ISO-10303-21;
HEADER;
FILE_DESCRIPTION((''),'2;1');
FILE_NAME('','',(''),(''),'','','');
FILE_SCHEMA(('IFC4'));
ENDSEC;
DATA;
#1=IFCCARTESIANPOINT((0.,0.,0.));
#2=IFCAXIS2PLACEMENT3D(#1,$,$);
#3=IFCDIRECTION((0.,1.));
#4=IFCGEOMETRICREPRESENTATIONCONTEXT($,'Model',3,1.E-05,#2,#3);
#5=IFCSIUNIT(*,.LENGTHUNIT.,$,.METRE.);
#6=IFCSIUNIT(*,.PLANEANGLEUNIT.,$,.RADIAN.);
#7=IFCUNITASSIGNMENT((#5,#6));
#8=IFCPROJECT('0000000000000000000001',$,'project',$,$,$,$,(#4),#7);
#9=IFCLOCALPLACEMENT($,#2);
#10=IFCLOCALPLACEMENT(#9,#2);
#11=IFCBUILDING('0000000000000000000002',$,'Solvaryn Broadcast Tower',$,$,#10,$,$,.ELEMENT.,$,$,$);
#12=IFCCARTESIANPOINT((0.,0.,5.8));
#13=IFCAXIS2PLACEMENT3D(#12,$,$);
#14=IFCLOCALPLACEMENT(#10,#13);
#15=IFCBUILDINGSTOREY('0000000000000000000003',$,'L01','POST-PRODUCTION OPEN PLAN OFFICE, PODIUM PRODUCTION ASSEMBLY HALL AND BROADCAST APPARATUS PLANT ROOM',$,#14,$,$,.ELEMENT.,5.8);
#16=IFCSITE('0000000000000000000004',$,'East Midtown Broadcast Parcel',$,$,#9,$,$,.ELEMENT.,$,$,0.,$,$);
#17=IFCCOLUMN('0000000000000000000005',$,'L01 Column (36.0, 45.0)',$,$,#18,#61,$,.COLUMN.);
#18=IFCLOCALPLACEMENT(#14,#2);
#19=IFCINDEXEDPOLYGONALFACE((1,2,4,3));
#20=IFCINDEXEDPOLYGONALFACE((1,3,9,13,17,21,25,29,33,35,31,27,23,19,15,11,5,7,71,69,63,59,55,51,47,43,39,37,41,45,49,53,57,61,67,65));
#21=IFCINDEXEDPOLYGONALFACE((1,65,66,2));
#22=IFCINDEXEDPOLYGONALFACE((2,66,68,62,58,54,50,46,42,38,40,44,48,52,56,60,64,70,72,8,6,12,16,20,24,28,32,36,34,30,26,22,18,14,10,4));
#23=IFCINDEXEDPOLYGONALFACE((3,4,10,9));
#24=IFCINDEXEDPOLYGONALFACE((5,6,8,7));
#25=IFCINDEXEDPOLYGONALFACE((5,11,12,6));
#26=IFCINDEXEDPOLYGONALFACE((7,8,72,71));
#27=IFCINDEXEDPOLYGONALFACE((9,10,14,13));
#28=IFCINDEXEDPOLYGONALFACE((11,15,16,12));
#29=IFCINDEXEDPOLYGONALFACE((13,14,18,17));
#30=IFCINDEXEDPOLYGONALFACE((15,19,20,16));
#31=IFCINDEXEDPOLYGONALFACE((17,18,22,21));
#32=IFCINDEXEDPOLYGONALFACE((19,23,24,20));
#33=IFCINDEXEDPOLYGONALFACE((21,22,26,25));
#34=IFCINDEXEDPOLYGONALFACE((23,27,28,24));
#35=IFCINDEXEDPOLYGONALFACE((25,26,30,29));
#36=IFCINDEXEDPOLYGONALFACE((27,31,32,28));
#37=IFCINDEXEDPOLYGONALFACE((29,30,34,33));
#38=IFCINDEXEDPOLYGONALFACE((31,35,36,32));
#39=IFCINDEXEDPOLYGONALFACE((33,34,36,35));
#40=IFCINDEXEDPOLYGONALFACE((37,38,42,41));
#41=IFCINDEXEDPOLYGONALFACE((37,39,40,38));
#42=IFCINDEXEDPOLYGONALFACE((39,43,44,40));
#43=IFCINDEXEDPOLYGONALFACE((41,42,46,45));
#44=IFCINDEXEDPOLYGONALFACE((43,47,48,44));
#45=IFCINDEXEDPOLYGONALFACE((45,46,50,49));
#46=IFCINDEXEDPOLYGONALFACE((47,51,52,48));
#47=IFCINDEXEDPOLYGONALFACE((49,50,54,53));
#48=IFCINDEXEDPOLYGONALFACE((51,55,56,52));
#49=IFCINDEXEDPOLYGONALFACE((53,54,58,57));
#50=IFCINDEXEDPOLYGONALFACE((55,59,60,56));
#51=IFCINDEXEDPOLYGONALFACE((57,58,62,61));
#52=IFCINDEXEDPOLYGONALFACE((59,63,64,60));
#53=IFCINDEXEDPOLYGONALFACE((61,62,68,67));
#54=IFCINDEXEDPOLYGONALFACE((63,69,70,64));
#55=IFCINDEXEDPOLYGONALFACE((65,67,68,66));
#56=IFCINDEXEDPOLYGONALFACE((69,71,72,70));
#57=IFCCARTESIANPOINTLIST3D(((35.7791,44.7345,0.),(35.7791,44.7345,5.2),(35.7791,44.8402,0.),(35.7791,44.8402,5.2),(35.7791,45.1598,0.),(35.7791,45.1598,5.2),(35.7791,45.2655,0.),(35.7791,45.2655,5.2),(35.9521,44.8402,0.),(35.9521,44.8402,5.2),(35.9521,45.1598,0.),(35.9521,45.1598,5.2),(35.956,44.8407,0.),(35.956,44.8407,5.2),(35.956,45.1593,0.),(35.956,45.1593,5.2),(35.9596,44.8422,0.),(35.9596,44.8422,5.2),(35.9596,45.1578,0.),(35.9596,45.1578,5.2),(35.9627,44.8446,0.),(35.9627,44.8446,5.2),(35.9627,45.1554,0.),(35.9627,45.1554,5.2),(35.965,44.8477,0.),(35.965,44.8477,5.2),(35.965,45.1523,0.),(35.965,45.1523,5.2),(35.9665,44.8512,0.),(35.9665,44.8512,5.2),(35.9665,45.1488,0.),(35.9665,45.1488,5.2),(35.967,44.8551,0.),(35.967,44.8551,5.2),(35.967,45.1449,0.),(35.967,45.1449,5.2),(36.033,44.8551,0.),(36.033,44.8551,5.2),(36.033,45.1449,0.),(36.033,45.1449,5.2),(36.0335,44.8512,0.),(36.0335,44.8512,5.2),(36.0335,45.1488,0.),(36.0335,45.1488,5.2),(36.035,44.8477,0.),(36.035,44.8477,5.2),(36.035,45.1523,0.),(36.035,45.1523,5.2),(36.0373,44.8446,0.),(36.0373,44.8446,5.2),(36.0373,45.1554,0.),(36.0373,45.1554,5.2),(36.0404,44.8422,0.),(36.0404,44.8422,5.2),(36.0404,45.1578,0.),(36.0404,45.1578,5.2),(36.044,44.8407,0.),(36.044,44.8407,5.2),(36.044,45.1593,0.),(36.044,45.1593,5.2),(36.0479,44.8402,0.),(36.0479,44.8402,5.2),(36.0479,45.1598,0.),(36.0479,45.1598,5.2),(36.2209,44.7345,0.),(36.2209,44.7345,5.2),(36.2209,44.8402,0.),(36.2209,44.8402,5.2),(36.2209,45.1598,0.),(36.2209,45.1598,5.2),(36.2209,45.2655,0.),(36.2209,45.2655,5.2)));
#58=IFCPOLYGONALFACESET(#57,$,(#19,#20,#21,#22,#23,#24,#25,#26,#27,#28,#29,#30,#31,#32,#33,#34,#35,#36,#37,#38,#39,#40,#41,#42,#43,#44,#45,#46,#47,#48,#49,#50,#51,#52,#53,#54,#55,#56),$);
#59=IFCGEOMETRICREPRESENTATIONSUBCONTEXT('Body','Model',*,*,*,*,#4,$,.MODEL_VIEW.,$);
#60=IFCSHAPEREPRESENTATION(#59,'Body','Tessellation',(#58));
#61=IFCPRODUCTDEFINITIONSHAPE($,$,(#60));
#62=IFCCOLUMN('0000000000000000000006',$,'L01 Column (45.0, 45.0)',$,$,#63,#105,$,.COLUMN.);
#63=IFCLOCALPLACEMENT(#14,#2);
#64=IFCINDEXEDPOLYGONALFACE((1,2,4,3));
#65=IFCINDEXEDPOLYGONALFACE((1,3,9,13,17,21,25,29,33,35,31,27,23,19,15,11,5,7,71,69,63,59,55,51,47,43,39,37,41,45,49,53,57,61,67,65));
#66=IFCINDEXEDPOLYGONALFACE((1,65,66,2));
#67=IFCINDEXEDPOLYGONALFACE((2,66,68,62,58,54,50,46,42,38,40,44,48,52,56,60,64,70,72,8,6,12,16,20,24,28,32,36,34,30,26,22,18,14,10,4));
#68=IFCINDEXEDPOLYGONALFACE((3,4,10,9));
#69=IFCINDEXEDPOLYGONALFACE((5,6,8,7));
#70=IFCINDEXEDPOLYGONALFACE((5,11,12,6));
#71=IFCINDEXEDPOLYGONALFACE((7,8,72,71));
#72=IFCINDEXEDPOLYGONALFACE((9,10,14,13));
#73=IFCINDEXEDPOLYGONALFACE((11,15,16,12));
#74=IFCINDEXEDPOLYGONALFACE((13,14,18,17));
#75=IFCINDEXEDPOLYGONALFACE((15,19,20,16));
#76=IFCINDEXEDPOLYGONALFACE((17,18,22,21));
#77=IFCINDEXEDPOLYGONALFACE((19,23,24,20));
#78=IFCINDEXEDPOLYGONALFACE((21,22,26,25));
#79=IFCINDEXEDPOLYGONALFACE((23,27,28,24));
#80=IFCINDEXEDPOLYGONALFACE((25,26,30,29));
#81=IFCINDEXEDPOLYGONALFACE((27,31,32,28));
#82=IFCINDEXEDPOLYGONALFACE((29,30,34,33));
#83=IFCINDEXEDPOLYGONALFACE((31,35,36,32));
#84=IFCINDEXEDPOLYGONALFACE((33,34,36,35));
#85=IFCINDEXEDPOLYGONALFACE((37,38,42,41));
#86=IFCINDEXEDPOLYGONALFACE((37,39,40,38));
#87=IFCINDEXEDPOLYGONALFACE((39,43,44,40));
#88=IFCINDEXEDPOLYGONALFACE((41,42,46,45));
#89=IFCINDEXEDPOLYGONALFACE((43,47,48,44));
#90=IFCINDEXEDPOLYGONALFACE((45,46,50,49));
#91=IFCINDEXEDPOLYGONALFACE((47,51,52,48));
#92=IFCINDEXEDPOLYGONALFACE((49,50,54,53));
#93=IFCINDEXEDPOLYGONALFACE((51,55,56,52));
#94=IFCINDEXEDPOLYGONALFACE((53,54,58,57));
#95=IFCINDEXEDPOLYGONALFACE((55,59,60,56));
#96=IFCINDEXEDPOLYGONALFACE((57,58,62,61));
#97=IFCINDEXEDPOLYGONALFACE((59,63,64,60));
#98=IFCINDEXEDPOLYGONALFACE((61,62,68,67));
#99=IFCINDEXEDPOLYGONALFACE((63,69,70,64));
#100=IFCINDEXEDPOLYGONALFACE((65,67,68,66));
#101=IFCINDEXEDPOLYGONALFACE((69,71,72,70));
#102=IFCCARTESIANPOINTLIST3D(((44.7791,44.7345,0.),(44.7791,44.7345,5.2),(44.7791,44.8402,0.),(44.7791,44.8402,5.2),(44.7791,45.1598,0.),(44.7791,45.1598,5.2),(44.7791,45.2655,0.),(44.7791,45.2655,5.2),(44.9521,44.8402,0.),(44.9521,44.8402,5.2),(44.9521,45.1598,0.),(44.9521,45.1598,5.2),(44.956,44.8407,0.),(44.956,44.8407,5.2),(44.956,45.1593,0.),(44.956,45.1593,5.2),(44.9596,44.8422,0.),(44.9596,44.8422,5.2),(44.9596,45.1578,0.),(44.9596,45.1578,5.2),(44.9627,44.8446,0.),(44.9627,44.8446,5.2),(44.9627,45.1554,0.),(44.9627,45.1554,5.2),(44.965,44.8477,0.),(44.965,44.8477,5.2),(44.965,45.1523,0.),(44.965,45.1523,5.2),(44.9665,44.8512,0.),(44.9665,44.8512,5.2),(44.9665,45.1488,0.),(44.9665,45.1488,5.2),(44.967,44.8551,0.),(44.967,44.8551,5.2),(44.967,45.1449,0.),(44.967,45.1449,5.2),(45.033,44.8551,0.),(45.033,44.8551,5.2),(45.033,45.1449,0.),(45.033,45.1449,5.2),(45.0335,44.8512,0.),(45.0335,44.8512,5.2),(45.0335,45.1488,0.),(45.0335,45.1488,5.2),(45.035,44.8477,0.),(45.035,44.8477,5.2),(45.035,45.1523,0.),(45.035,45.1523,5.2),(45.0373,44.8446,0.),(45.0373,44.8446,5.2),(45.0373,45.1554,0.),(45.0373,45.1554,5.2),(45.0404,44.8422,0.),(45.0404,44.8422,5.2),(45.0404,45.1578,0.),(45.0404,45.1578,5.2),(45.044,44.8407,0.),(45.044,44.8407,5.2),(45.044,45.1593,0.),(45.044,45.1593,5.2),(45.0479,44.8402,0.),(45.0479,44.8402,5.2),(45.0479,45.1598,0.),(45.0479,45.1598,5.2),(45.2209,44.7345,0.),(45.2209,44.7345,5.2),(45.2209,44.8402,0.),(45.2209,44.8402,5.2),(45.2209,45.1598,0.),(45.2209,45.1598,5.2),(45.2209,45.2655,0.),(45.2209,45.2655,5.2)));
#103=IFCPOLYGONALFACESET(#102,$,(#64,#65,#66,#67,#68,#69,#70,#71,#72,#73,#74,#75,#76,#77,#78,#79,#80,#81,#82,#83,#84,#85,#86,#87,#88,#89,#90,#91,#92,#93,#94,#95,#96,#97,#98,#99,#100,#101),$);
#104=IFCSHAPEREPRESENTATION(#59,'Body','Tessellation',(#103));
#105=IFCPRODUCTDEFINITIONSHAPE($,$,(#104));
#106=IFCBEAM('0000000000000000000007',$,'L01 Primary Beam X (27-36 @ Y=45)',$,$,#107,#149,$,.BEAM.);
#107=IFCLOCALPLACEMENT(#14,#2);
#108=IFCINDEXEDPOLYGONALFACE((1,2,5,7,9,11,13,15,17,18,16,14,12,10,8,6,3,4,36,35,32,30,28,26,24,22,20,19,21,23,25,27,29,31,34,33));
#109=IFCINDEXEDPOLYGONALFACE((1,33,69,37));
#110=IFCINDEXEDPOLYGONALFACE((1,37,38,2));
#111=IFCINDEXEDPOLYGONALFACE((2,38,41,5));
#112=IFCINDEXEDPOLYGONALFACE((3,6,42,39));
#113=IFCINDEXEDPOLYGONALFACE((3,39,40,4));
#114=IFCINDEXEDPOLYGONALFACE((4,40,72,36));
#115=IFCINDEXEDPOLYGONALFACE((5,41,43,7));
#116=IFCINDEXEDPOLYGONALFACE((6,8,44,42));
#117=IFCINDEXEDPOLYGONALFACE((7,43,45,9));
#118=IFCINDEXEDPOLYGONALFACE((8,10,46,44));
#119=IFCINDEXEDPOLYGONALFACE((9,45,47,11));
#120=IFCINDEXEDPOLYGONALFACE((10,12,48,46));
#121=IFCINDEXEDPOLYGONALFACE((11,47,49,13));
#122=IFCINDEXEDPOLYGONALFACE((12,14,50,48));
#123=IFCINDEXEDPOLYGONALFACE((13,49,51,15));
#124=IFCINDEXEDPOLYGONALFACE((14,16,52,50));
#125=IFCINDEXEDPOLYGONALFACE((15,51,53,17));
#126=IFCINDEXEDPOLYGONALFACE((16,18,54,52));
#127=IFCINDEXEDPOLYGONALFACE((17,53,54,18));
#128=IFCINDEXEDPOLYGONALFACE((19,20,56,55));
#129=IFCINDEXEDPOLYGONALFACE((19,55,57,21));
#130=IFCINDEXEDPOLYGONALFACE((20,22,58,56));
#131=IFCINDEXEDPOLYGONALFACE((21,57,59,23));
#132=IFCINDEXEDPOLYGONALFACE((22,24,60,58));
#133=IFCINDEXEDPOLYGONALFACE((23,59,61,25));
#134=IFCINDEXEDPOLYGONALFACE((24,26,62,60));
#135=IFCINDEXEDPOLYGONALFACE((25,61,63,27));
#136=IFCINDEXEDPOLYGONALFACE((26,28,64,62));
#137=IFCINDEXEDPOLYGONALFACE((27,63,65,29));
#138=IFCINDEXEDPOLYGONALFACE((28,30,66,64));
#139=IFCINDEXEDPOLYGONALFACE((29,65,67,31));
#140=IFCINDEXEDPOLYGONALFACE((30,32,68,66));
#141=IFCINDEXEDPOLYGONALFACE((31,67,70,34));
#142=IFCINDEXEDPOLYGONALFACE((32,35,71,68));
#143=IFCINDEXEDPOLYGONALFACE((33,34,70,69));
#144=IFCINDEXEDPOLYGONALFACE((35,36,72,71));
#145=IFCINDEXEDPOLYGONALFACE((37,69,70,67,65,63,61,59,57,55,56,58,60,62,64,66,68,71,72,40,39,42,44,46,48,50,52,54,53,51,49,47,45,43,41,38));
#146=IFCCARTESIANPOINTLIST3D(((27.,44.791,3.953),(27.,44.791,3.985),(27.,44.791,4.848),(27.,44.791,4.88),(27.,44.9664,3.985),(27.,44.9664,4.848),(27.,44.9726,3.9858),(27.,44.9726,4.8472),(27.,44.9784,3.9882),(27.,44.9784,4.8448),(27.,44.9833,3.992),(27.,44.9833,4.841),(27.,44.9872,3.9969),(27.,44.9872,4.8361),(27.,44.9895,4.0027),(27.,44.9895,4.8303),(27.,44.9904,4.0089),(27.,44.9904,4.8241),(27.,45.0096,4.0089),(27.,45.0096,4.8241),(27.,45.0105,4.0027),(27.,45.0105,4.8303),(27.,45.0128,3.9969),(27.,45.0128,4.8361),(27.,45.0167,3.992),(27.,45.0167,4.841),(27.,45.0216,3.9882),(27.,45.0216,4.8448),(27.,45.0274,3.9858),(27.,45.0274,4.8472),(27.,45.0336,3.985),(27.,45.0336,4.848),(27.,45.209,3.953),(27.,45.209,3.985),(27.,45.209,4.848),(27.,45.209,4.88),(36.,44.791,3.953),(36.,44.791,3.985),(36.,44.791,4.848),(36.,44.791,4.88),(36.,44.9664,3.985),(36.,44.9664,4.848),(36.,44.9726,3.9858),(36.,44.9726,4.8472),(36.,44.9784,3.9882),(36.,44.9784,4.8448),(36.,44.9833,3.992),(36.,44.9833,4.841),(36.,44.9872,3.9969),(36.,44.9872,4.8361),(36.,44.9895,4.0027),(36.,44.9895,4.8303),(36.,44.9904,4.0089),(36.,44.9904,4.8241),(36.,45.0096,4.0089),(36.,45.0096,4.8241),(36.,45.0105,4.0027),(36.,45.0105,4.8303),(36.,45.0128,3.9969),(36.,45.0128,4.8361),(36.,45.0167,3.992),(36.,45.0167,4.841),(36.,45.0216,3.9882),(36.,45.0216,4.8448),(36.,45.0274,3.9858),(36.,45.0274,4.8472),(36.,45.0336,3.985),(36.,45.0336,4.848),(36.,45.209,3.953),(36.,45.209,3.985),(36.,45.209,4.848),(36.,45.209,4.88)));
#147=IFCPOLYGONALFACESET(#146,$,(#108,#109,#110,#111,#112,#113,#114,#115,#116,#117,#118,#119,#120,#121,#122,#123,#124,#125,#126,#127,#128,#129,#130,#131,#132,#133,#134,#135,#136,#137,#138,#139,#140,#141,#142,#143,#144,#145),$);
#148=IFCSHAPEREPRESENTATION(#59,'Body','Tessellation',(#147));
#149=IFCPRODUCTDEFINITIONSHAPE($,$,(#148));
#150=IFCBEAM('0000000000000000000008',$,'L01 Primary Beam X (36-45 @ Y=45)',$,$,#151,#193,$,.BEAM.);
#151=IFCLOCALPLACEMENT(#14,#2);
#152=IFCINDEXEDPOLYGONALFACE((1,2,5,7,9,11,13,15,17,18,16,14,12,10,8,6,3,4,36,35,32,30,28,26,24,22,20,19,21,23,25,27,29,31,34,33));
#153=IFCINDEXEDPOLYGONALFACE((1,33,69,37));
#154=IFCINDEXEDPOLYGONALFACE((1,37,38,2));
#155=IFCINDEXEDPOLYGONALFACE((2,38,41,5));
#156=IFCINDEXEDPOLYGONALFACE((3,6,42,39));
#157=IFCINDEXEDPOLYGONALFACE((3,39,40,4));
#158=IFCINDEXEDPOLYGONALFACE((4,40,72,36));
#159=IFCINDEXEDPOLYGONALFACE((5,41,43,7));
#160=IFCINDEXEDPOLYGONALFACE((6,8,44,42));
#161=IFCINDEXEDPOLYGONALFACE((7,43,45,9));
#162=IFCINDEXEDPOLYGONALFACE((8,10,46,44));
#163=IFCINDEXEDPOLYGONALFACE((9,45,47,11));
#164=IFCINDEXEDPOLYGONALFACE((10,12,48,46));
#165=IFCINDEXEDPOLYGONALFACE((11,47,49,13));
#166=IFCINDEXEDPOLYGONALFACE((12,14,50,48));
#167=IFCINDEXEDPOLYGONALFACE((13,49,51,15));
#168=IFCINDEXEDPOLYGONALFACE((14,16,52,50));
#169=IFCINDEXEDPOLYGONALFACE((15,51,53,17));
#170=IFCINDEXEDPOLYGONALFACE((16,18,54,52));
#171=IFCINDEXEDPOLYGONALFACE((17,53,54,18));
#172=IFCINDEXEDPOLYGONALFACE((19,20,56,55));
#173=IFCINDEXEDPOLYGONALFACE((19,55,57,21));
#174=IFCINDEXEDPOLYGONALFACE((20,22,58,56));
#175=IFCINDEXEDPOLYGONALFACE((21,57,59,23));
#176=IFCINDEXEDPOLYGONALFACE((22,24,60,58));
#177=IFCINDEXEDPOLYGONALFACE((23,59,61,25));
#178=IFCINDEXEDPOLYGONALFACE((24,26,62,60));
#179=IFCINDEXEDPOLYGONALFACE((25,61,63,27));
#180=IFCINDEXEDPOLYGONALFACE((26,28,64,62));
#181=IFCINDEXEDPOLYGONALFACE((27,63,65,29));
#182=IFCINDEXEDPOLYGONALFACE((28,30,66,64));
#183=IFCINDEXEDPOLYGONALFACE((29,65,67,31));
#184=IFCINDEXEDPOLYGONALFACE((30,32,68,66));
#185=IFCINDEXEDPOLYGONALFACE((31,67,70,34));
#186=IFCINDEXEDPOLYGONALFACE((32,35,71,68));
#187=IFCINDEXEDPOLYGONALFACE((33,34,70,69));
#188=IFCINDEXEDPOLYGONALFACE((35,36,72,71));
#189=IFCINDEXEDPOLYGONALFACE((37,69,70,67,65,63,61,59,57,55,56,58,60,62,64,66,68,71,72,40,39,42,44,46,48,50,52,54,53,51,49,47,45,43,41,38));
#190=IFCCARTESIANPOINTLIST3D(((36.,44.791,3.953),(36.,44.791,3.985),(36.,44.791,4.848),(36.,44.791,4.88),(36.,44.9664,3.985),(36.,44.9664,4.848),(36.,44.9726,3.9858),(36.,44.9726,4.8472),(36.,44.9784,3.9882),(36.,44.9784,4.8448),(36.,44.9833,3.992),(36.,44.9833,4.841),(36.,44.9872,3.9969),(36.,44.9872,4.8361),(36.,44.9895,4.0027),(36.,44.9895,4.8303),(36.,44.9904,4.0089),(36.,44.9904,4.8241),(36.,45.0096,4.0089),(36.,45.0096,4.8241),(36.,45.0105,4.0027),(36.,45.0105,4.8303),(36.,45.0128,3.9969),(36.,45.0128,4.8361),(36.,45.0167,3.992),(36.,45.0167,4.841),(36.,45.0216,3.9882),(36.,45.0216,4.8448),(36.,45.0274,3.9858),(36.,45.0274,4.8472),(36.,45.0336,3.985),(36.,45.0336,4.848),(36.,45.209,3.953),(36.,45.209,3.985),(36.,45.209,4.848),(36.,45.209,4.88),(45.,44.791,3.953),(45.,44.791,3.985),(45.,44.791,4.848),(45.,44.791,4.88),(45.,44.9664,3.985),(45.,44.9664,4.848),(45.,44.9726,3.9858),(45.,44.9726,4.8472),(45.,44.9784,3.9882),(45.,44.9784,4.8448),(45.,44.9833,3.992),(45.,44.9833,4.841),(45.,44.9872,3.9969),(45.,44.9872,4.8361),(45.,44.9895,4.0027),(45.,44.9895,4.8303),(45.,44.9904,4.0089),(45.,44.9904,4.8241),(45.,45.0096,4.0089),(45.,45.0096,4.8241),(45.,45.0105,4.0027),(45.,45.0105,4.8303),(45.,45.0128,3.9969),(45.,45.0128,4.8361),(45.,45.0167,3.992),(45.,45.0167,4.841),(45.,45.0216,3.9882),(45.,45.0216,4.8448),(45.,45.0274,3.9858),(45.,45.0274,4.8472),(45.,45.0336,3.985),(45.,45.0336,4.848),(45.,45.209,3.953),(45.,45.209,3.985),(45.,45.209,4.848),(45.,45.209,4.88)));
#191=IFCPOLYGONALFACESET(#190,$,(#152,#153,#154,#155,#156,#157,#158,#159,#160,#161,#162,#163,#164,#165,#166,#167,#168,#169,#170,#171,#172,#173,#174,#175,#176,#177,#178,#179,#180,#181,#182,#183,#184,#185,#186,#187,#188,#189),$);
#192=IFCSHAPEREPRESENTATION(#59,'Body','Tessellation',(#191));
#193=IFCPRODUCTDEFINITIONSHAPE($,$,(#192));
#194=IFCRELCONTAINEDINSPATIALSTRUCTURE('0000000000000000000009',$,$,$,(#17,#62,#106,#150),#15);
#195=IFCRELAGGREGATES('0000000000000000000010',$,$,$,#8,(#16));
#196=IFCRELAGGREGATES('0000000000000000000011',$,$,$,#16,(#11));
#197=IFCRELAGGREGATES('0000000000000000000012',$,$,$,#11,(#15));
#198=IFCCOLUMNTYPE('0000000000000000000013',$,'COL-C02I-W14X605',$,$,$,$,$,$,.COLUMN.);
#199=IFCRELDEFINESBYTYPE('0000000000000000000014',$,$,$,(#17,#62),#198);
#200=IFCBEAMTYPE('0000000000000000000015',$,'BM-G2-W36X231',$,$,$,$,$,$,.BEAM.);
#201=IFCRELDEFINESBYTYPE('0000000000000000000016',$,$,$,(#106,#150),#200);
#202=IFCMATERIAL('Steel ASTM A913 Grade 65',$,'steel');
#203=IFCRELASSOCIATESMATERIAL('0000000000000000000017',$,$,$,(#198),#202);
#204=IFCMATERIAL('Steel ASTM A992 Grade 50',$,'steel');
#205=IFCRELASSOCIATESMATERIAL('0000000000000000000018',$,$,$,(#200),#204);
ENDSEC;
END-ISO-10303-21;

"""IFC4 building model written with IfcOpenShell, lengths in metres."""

from ifc_helpers import new_model, si_unit, direction, frame, origin, origin_2d, place, context, subcontext, project, spatial, i_section, extrude, material, material_profile, profile_set, type_object, element, save


model = new_model("IFC4")

# Units and contexts
model_context = context("Model", 3, precision=1e-05, world=origin(), true_north=direction((0.0, 1.0)))
body_context = subcontext(model_context, "Body", "Model", "MODEL_VIEW")
ifc_project = project(units=[si_unit("LENGTHUNIT", "METRE"), si_unit("PLANEANGLEUNIT", "RADIAN")], contexts=[model_context])

# Site, building, storey
site_placement = place(None, origin())
site = spatial("IfcSite", under=ifc_project, at=site_placement, Name="East Midtown Broadcast Parcel", CompositionType="ELEMENT", RefElevation=0.0)
building_placement = place(site_placement, origin())
building = spatial("IfcBuilding", under=site, at=building_placement, Name="Solvaryn Broadcast Tower", CompositionType="ELEMENT")
storey_placement = place(building_placement, frame((0.0, 0.0, 5.8)))
storey = spatial("IfcBuildingStorey", under=building, at=storey_placement, Name="L01", Description="POST-PRODUCTION OPEN PLAN OFFICE, PODIUM PRODUCTION ASSEMBLY HALL AND BROADCAST APPARATUS PLANT ROOM", CompositionType="ELEMENT", Elevation=5.8)

# Columns
ifc_material_1 = material(Name="Steel ASTM A913 Grade 65", Category="steel")
ifc_material_profile_1 = material_profile(ifc_material_1, i_section(OverallWidth=0.4419, OverallDepth=0.531, WebThickness=0.0659, FlangeThickness=0.1057, FilletRadius=0.0149, at=origin_2d()))
ifc_profile_set_1 = profile_set([ifc_material_profile_1], Name="Steel ASTM A913 Grade 65")
column_type_1 = type_object("IfcColumnType", Name="COL-C02I-W14X605", PredefinedType="COLUMN", material=ifc_profile_set_1)
for number, where, z_axis, x_axis, name in (
    (1, (36.0, 45.0, 0.0), (0.0, 0.0, 1.0), (1.0, 0.0, 0.0), "L01 Column (36.0, 45.0)"),
    (2, (45.0, 45.0, 0.0), (0.0, 0.0, 1.0), (1.0, 0.0, 0.0), "L01 Column (45.0, 45.0)"),
):
    element("IfcColumn", number, at=place(storey_placement, frame(where, z_axis=z_axis, x_axis=x_axis)), inside=storey, type_object=column_type_1, Name=name, PredefinedType="COLUMN", context=body_context, shape_type="SweptSolid", body=[
        extrude(i_section(OverallWidth=0.4419, OverallDepth=0.531, WebThickness=0.0659, FlangeThickness=0.1057, FilletRadius=0.0149, at=origin_2d()), origin(), (0.0, 0.0, 1.0), 5.2),
    ])

# Beams
ifc_material_2 = material(Name="Steel ASTM A992 Grade 50", Category="steel")
ifc_material_profile_2 = material_profile(ifc_material_2, i_section(OverallWidth=0.418, OverallDepth=0.927, WebThickness=0.0193, FlangeThickness=0.032, FilletRadius=0.0239, at=origin_2d()))
ifc_profile_set_2 = profile_set([ifc_material_profile_2], Name="Steel ASTM A992 Grade 50")
beam_type_1 = type_object("IfcBeamType", Name="BM-G2-W36X231", PredefinedType="BEAM", material=ifc_profile_set_2)
for number, where, z_axis, x_axis, name in (
    (3, (27.0, 45.0, 4.4165), (1.0, 0.0, 0.0), (0.0, 1.0, 0.0), "L01 Primary Beam X (27-36 @ Y=45)"),
    (4, (36.0, 45.0, 4.4165), (1.0, 0.0, 0.0), (0.0, 1.0, 0.0), "L01 Primary Beam X (36-45 @ Y=45)"),
):
    element("IfcBeam", number, at=place(storey_placement, frame(where, z_axis=z_axis, x_axis=x_axis)), inside=storey, type_object=beam_type_1, Name=name, PredefinedType="BEAM", context=body_context, shape_type="SweptSolid", body=[
        extrude(i_section(OverallWidth=0.418, OverallDepth=0.927, WebThickness=0.0193, FlangeThickness=0.032, FilletRadius=0.0239, at=origin_2d()), origin(), (0.0, 0.0, 1.0), 9.0),
    ])

save(model, "model.ifc")
